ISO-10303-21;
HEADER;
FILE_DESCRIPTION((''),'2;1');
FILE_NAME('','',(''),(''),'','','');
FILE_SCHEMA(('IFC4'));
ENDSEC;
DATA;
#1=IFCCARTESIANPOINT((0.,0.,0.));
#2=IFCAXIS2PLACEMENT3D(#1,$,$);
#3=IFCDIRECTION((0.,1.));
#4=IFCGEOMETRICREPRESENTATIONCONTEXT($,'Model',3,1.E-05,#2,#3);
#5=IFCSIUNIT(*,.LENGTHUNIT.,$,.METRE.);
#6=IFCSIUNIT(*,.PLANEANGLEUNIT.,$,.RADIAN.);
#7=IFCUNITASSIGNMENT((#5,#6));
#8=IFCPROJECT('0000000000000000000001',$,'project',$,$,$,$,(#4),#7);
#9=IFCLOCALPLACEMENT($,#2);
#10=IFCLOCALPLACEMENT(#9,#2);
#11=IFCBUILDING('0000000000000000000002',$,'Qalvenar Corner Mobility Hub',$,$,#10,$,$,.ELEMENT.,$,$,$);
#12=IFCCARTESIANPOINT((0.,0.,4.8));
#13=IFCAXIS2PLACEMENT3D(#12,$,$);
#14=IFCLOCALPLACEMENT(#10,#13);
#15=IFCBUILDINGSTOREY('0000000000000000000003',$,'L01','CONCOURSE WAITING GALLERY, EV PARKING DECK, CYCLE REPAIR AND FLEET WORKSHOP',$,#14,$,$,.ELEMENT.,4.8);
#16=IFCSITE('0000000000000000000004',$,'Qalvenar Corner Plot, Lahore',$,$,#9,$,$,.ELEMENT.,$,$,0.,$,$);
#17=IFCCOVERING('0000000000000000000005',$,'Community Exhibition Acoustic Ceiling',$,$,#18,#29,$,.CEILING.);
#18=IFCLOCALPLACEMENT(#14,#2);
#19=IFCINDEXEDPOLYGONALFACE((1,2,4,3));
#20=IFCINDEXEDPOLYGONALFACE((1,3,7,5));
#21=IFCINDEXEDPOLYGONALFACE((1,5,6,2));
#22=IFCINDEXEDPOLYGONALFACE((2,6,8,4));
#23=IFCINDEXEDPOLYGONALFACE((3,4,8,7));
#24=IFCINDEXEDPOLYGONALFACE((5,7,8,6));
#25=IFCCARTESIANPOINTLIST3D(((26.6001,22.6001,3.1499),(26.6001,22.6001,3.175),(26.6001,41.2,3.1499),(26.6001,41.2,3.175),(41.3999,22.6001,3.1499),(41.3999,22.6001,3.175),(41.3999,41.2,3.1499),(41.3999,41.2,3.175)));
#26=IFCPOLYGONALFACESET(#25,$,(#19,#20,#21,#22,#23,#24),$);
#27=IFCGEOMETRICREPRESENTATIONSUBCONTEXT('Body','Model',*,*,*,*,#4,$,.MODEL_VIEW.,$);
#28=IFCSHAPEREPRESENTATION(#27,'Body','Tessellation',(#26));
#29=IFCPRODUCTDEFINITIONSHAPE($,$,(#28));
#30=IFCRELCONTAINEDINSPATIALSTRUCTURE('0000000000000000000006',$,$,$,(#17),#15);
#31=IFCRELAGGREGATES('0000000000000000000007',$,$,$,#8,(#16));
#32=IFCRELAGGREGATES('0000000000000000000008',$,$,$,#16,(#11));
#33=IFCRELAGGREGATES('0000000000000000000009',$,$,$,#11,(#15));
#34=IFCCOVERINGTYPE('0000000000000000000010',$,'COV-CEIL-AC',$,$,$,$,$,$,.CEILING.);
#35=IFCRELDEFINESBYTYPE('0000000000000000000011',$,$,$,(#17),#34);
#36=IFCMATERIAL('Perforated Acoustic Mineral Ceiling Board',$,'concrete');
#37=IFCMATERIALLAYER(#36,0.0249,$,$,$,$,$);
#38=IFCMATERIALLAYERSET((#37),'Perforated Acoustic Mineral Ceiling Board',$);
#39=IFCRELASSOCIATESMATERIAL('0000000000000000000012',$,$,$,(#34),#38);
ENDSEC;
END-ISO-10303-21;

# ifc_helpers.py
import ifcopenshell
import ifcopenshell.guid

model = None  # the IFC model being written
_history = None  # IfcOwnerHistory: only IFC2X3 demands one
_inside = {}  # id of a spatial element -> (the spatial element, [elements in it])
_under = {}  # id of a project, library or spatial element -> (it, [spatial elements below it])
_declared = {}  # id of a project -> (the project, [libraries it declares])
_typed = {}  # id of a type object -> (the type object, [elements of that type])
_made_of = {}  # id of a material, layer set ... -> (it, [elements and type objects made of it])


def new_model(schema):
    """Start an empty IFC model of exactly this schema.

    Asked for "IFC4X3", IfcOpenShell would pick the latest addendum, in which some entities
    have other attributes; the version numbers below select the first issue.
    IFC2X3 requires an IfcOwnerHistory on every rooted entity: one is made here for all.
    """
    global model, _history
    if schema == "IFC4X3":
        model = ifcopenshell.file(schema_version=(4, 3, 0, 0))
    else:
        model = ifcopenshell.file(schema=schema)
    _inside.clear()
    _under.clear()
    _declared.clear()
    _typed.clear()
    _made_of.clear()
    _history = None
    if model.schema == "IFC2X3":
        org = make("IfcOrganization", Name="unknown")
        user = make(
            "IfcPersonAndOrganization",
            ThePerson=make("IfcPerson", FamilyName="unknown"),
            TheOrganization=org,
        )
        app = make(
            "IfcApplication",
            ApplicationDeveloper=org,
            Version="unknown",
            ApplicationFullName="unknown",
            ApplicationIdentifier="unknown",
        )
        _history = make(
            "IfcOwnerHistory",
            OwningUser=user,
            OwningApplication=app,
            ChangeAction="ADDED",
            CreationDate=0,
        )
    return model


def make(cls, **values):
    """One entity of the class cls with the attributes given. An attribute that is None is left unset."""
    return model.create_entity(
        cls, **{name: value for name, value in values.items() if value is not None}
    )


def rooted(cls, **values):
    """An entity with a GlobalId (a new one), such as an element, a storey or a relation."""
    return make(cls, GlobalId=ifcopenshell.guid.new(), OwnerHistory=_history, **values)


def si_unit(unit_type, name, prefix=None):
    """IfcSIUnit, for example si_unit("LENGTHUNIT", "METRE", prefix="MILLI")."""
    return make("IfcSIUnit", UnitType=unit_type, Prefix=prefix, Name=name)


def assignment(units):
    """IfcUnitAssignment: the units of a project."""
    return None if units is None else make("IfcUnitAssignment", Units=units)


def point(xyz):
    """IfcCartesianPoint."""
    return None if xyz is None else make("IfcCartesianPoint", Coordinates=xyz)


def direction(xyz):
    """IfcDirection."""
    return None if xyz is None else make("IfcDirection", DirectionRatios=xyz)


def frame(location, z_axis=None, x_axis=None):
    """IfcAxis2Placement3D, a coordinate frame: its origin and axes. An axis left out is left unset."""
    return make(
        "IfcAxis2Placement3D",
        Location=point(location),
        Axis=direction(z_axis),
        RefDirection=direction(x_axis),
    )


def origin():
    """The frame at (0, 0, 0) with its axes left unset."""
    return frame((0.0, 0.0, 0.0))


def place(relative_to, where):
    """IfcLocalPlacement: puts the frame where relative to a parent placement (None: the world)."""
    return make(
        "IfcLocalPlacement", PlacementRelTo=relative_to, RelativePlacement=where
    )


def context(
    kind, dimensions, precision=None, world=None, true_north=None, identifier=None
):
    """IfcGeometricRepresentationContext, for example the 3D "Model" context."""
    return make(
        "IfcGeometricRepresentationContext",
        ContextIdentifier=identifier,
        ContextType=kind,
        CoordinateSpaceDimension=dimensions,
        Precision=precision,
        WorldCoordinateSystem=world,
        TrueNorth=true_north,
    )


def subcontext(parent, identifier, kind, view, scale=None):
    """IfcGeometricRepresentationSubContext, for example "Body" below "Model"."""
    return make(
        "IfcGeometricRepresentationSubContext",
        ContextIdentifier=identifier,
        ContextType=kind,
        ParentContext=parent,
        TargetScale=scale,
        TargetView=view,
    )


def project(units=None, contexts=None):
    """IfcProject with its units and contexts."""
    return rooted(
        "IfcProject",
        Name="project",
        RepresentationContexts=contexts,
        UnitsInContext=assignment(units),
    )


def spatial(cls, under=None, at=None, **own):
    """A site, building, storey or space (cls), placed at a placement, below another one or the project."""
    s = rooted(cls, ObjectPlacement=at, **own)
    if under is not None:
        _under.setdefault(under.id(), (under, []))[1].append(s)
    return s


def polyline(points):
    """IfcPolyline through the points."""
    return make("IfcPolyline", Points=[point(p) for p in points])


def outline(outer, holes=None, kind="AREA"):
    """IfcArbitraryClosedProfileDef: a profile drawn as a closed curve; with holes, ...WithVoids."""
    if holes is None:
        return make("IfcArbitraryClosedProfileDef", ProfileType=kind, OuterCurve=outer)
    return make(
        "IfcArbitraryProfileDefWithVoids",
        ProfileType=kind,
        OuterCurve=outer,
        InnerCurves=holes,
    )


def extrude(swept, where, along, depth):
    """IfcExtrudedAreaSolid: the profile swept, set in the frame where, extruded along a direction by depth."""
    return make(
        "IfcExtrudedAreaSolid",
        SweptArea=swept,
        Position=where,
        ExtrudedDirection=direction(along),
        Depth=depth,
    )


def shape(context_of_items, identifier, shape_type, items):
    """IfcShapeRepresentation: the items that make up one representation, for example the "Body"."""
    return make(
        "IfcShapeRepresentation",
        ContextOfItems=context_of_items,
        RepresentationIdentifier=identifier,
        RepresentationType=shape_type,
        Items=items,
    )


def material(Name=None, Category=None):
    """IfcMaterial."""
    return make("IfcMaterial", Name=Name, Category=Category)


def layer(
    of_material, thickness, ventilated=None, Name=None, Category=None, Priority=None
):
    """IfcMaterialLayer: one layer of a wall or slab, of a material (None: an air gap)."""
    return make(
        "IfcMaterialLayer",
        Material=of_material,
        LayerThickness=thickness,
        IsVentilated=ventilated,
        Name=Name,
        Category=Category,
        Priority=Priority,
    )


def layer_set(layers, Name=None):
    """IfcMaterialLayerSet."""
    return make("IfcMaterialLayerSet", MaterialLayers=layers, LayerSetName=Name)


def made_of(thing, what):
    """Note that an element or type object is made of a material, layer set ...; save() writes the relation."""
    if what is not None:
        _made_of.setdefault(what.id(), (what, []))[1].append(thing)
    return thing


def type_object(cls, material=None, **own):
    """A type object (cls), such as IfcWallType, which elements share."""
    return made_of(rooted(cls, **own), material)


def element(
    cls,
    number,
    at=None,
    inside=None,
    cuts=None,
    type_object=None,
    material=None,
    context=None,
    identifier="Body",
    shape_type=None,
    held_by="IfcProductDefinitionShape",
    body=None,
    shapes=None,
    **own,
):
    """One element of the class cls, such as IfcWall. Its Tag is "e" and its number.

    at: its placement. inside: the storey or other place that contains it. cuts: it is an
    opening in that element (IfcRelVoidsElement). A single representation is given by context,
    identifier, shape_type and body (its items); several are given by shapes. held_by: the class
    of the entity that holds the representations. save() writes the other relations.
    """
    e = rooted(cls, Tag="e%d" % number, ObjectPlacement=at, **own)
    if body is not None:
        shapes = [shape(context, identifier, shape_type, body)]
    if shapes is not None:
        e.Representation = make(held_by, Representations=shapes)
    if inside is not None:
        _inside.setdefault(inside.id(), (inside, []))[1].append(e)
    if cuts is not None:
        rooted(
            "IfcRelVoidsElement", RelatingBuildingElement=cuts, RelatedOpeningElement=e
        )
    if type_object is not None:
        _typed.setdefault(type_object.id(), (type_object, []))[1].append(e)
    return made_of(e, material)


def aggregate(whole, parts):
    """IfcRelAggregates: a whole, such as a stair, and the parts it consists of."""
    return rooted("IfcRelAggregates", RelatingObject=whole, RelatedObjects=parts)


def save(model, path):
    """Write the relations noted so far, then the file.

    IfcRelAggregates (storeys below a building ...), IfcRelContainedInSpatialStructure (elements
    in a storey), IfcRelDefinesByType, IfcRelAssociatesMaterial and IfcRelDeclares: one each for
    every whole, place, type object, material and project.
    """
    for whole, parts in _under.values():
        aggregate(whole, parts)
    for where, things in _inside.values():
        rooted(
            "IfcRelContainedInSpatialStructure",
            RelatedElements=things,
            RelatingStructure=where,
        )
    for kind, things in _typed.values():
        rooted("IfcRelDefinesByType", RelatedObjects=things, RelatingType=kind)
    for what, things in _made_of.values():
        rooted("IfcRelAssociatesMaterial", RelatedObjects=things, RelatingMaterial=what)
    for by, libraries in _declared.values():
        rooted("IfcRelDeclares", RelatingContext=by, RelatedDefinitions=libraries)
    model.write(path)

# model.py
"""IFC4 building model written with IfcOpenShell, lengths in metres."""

from ifc_helpers import new_model, si_unit, direction, frame, origin, place, context, subcontext, project, spatial, polyline, outline, extrude, material, layer, layer_set, type_object, element, save


model = new_model("IFC4")

# Units and contexts
model_context = context("Model", 3, precision=1e-05, world=origin(), true_north=direction((0.0, 1.0)))
body_context = subcontext(model_context, "Body", "Model", "MODEL_VIEW")
ifc_project = project(units=[si_unit("LENGTHUNIT", "METRE"), si_unit("PLANEANGLEUNIT", "RADIAN")], contexts=[model_context])

# Site, building, storey
site_placement = place(None, origin())
site = spatial("IfcSite", under=ifc_project, at=site_placement, Name="Qalvenar Corner Plot, Lahore", CompositionType="ELEMENT", RefElevation=0.0)
building_placement = place(site_placement, origin())
building = spatial("IfcBuilding", under=site, at=building_placement, Name="Qalvenar Corner Mobility Hub", CompositionType="ELEMENT")
storey_placement = place(building_placement, frame((0.0, 0.0, 4.8)))
storey = spatial("IfcBuildingStorey", under=building, at=storey_placement, Name="L01", Description="CONCOURSE WAITING GALLERY, EV PARKING DECK, CYCLE REPAIR AND FLEET WORKSHOP", CompositionType="ELEMENT", Elevation=4.8)

# Covering
ifc_material_1 = material(Name="Perforated Acoustic Mineral Ceiling Board", Category="concrete")
ifc_layer_1 = layer(ifc_material_1, 0.0249)
ifc_layer_set_1 = layer_set([ifc_layer_1], Name="Perforated Acoustic Mineral Ceiling Board")
covering_type = type_object("IfcCoveringType", Name="COV-CEIL-AC", PredefinedType="CEILING", material=ifc_layer_set_1)
covering_1_placement = place(storey_placement, frame((0.0, 0.0, 3.1499)))
element("IfcCovering", 1, at=covering_1_placement, inside=storey, type_object=covering_type, Name="Community Exhibition Acoustic Ceiling", PredefinedType="CEILING", context=body_context, shape_type="SweptSolid", body=[
    extrude(outline(polyline([(26.6001, 22.6001), (41.3999, 22.6001), (41.3999, 41.2), (26.6001, 41.2), (26.6001, 22.6001)])), origin(), (0.0, 0.0, 1.0), 0.0251),
])

save(model, "model.ifc")
